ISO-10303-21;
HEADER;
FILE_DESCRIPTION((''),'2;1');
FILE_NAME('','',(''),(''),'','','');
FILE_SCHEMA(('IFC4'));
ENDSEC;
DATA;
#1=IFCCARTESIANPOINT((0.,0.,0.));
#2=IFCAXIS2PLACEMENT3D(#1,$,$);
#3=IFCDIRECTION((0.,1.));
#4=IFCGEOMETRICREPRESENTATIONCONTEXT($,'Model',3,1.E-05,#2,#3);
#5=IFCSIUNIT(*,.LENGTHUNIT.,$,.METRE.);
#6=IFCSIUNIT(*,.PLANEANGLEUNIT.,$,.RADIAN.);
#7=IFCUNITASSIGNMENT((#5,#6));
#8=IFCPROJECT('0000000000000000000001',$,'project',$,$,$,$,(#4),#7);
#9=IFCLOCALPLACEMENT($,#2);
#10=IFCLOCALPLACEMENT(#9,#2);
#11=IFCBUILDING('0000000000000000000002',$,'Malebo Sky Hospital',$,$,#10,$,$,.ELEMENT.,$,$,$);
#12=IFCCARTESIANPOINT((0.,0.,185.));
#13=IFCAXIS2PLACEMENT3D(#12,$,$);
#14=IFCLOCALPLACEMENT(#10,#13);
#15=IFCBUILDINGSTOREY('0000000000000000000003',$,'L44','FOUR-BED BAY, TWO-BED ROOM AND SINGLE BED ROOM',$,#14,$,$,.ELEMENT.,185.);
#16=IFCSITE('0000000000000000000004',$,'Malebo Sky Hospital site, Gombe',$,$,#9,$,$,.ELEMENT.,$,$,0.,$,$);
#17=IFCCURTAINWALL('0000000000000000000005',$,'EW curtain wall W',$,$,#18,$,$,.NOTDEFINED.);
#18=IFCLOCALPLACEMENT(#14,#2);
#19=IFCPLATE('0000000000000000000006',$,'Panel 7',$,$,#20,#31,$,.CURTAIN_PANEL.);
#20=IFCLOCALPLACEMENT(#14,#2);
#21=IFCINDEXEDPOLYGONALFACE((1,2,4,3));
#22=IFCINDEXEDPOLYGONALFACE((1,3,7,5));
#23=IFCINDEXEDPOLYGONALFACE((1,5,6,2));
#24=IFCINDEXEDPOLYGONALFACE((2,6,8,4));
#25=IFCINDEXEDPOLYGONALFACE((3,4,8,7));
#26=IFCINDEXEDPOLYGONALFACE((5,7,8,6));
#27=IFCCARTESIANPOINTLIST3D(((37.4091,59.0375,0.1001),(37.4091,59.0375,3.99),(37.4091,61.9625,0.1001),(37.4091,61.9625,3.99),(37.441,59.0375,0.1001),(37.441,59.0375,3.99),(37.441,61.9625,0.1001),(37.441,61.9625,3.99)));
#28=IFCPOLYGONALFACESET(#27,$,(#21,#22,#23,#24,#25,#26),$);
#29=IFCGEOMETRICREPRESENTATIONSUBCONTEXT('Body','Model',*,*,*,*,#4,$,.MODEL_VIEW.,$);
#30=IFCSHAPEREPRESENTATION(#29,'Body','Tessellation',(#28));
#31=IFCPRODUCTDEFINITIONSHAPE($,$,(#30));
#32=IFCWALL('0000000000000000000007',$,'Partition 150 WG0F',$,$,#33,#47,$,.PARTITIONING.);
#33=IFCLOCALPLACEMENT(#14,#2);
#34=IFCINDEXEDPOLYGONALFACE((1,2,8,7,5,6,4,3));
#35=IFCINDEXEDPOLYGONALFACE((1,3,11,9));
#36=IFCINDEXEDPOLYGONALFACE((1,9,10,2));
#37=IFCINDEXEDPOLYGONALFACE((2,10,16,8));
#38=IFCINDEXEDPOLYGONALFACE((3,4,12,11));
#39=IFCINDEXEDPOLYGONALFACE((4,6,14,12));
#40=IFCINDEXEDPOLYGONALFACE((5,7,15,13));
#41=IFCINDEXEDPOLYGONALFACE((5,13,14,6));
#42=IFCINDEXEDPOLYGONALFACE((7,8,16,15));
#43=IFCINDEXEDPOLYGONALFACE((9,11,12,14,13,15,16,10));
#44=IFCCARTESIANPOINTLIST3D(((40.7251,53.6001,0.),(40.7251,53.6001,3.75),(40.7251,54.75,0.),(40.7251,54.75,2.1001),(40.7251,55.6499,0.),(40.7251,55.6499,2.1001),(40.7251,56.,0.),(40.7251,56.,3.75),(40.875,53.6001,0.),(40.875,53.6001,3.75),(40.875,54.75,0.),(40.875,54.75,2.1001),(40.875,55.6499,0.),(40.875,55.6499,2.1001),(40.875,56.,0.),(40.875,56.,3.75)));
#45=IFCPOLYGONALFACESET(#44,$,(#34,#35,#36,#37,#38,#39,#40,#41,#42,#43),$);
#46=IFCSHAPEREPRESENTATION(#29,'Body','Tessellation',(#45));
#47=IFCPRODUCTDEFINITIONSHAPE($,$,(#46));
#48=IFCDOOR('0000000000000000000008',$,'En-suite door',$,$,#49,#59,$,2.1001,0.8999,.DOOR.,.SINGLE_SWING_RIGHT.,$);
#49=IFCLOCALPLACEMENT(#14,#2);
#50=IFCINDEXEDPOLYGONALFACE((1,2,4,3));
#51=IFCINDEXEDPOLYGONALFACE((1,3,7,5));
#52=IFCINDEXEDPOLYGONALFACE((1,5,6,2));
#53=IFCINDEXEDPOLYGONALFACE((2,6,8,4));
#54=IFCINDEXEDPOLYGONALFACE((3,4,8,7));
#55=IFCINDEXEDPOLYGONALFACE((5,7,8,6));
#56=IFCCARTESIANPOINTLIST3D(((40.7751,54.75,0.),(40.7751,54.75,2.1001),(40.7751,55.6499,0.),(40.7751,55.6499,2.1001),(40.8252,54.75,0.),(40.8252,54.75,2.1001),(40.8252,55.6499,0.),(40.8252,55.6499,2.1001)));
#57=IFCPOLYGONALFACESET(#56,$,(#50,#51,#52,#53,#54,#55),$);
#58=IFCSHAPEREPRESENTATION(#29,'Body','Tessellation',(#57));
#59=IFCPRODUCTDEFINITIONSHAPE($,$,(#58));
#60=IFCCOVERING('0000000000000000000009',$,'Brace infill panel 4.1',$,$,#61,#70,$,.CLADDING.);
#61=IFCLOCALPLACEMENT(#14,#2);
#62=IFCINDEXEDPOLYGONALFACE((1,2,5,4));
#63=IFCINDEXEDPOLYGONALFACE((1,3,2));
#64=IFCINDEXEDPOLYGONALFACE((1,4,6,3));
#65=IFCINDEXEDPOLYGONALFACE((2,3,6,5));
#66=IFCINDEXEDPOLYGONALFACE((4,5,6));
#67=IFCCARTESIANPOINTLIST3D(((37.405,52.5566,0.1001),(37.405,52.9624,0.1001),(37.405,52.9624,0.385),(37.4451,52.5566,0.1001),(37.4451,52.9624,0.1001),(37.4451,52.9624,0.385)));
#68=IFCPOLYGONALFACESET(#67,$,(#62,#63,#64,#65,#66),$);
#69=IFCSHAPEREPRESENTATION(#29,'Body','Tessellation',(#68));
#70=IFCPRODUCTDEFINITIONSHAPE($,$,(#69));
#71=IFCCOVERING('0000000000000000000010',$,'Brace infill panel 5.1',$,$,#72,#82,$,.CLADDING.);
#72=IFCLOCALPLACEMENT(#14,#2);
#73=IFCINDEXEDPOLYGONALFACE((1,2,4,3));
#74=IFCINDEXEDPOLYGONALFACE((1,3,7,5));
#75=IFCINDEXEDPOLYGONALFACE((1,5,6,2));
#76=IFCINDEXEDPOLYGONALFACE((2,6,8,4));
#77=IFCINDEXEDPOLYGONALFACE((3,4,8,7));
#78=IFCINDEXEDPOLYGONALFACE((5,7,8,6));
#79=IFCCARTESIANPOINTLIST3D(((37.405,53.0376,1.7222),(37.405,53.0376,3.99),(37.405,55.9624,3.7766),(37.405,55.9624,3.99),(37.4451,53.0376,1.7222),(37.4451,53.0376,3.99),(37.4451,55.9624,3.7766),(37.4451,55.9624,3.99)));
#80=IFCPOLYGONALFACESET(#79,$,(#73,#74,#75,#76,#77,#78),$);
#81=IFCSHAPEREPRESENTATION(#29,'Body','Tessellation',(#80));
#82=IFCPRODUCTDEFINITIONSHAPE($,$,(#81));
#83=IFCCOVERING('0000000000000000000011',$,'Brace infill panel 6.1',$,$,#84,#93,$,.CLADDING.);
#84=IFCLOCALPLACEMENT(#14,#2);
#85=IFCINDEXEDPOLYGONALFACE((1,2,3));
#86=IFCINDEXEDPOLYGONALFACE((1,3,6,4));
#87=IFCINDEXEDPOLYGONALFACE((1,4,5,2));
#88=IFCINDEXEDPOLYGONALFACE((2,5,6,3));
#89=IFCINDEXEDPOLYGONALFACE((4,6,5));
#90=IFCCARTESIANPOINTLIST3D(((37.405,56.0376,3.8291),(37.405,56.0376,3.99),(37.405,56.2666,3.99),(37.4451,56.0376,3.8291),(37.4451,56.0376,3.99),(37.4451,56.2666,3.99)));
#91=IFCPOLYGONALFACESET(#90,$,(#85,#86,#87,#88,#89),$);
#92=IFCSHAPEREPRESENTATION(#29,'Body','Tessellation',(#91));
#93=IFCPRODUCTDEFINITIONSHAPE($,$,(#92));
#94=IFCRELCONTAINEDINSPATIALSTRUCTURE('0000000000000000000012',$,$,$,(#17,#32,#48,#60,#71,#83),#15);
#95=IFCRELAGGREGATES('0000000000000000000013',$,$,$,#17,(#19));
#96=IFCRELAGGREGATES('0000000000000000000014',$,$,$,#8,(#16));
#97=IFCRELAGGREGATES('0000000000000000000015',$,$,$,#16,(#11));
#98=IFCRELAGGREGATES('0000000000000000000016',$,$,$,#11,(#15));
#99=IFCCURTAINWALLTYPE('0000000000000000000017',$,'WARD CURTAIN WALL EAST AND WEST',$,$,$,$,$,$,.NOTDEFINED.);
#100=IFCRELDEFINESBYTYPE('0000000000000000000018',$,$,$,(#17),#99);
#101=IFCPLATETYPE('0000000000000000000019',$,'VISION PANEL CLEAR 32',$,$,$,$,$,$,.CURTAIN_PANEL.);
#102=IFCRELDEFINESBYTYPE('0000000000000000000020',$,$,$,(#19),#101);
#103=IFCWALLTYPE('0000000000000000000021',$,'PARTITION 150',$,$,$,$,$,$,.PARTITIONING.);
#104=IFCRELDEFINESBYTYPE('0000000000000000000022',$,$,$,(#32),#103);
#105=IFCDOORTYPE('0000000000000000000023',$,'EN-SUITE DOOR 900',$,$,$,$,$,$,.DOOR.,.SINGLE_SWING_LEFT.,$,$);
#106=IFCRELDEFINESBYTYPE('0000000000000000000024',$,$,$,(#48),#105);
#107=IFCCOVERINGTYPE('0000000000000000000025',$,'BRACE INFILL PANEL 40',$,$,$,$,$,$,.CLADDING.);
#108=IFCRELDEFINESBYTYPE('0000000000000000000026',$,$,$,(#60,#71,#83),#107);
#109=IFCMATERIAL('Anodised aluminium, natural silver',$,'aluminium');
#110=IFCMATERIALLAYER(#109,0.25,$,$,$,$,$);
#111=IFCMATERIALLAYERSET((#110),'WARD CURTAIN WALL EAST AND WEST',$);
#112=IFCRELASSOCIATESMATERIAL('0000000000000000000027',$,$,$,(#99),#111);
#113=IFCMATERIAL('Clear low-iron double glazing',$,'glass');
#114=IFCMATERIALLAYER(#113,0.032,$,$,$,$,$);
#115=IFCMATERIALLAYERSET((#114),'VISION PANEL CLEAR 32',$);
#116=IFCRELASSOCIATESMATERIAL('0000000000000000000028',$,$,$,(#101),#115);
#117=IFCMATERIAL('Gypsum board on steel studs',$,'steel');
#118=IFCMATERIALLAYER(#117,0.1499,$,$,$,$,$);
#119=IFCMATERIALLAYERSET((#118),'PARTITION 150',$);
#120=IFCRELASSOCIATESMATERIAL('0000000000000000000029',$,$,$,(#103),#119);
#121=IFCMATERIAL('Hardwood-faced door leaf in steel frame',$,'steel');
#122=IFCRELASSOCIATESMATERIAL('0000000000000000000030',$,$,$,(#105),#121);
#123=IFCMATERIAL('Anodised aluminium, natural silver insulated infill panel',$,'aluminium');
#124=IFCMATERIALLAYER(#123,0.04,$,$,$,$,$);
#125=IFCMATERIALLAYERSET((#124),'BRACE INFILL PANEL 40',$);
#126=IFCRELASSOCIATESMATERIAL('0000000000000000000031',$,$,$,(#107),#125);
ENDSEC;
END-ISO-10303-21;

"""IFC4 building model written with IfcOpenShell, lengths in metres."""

from ifc_helpers import new_model, si_unit, direction, frame, frame_2d, origin, origin_2d, place, context, subcontext, project, spatial, polyline, rectangle, outline, extrude, material, layer, layer_set, type_object, element, fill, aggregate, save


model = new_model("IFC4")

# Units and contexts
model_context = context("Model", 3, precision=1e-05, world=origin(), true_north=direction((0.0, 1.0)))
body_context = subcontext(model_context, "Body", "Model", "MODEL_VIEW")
ifc_project = project(units=[si_unit("LENGTHUNIT", "METRE"), si_unit("PLANEANGLEUNIT", "RADIAN")], contexts=[model_context])

# Site, building, storey
site_placement = place(None, origin())
site = spatial("IfcSite", under=ifc_project, at=site_placement, Name="Malebo Sky Hospital site, Gombe", CompositionType="ELEMENT", RefElevation=0.0)
building_placement = place(site_placement, origin())
building = spatial("IfcBuilding", under=site, at=building_placement, Name="Malebo Sky Hospital", CompositionType="ELEMENT")
storey_placement = place(building_placement, frame((0.0, 0.0, 185.0)))
storey = spatial("IfcBuildingStorey", under=building, at=storey_placement, Name="L44", Description="FOUR-BED BAY, TWO-BED ROOM AND SINGLE BED ROOM", CompositionType="ELEMENT", Elevation=185.0)

# Curtain wall
ifc_material_1 = material(Name="Anodised aluminium, natural silver", Category="aluminium")
ifc_layer_1 = layer(ifc_material_1, 0.25)
ifc_layer_set_1 = layer_set([ifc_layer_1], Name="WARD CURTAIN WALL EAST AND WEST")
curtain_wall_type = type_object("IfcCurtainWallType", Name="WARD CURTAIN WALL EAST AND WEST", PredefinedType="NOTDEFINED", material=ifc_layer_set_1)
curtain_wall_placement = place(storey_placement, origin())
curtain_wall = element("IfcCurtainWall", 1, at=curtain_wall_placement, inside=storey, type_object=curtain_wall_type, Name="EW curtain wall W", PredefinedType="NOTDEFINED")

# Plate
ifc_material_2 = material(Name="Clear low-iron double glazing", Category="glass")
ifc_layer_2 = layer(ifc_material_2, 0.032)
ifc_layer_set_2 = layer_set([ifc_layer_2], Name="VISION PANEL CLEAR 32")
plate_type = type_object("IfcPlateType", Name="VISION PANEL CLEAR 32", PredefinedType="CURTAIN_PANEL", material=ifc_layer_set_2)
plate_1_placement = place(storey_placement, frame((37.425, 60.5, 0.1001), z_axis=(0.0, 0.0, 1.0), x_axis=(0.0, 1.0, 0.0)))
plate_1 = element("IfcPlate", 2, at=plate_1_placement, type_object=plate_type, Name="Panel 7", PredefinedType="CURTAIN_PANEL", context=body_context, shape_type="SweptSolid", body=[
    extrude(rectangle(XDim=2.925, YDim=0.032, at=origin_2d()), origin(), (0.0, 0.0, 1.0), 3.8899),
])
aggregate(curtain_wall, [plate_1])

# Wall, opening, door
ifc_material_3 = material(Name="Gypsum board on steel studs", Category="steel")
ifc_layer_3 = layer(ifc_material_3, 0.1499)
ifc_layer_set_3 = layer_set([ifc_layer_3], Name="PARTITION 150")
wall_type = type_object("IfcWallType", Name="PARTITION 150", PredefinedType="PARTITIONING", material=ifc_layer_set_3)
wall_placement = place(storey_placement, frame((40.8, 53.6001, 0.0), z_axis=(0.0, 0.0, 1.0), x_axis=(0.0, 1.0, 0.0)))
wall = element("IfcWall", 3, at=wall_placement, inside=storey, type_object=wall_type, Name="Partition 150 WG0F", PredefinedType="PARTITIONING", context=body_context, shape_type="SweptSolid", body=[
    extrude(rectangle(XDim=2.3999, YDim=0.1499, at=frame_2d((1.2, 0.0))), origin(), (0.0, 0.0, 1.0), 3.75),
])
opening_placement = place(wall_placement, frame((1.1499, 0.0, 0.0)))
opening = element("IfcOpeningElement", 4, at=opening_placement, cuts=wall, PredefinedType="OPENING", context=body_context, shape_type="SweptSolid", body=[
    extrude(rectangle(XDim=0.8999, YDim=2.1001, at=frame_2d((0.45, 1.05))), frame((0.0, 0.085, 0.0), z_axis=(0.0, -1.0, 0.0), x_axis=(1.0, 0.0, 0.0)), (0.0, 0.0, 1.0), 0.1699),
])
ifc_material_4 = material(Name="Hardwood-faced door leaf in steel frame", Category="steel")
door_type = type_object("IfcDoorType", Name="EN-SUITE DOOR 900", OperationType="SINGLE_SWING_LEFT", PredefinedType="DOOR", material=ifc_material_4)
door_placement = place(opening_placement, origin())
door = element("IfcDoor", 5, at=door_placement, inside=storey, type_object=door_type, Name="En-suite door", OperationType="SINGLE_SWING_RIGHT", OverallHeight=2.1001, OverallWidth=0.8999, PredefinedType="DOOR", context=body_context, shape_type="SweptSolid", body=[
    extrude(rectangle(XDim=0.8999, YDim=2.1001, at=frame_2d((0.45, 1.05))), frame((0.0, 0.0249, 0.0), z_axis=(0.0, -1.0, 0.0), x_axis=(1.0, 0.0, 0.0)), (0.0, 0.0, 1.0), 0.05),
])
fill(opening, door)

# Coverings
ifc_material_5 = material(Name="Anodised aluminium, natural silver insulated infill panel", Category="aluminium")
ifc_layer_4 = layer(ifc_material_5, 0.04)
ifc_layer_set_4 = layer_set([ifc_layer_4], Name="BRACE INFILL PANEL 40")
covering_type = type_object("IfcCoveringType", Name="BRACE INFILL PANEL 40", PredefinedType="CLADDING", material=ifc_layer_set_4)
covering_1_placement = place(storey_placement, frame((37.425, 52.7595, 0.1001), z_axis=(0.0, 0.0, 1.0), x_axis=(0.0, 1.0, 0.0)))
element("IfcCovering", 6, at=covering_1_placement, inside=storey, type_object=covering_type, Name="Brace infill panel 4.1", PredefinedType="CLADDING", context=body_context, shape_type="SweptSolid", body=[
    extrude(outline(polyline([(-0.2029, 0.0), (0.2029, 0.0), (0.2029, 0.2849), (-0.2029, 0.0)])), frame((0.0, 0.02, 0.0), z_axis=(0.0, -1.0, 0.0), x_axis=(1.0, 0.0, 0.0)), (0.0, 0.0, 1.0), 0.04),
])
covering_2_placement = place(storey_placement, frame((37.425, 54.5, 1.7222), z_axis=(0.0, 0.0, 1.0), x_axis=(0.0, 1.0, 0.0)))
element("IfcCovering", 7, at=covering_2_placement, inside=storey, type_object=covering_type, Name="Brace infill panel 5.1", PredefinedType="CLADDING", context=body_context, shape_type="SweptSolid", body=[
    extrude(outline(polyline([(-1.4624, 0.0), (1.4624, 2.0544), (1.4624, 2.2678), (-1.4624, 2.2678), (-1.4624, 0.0)])), frame((0.0, 0.02, 0.0), z_axis=(0.0, -1.0, 0.0), x_axis=(1.0, 0.0, 0.0)), (0.0, 0.0, 1.0), 0.04),
])
covering_3_placement = place(storey_placement, frame((37.425, 56.1521, 3.8291), z_axis=(0.0, 0.0, 1.0), x_axis=(0.0, 1.0, 0.0)))
element("IfcCovering", 8, at=covering_3_placement, inside=storey, type_object=covering_type, Name="Brace infill panel 6.1", PredefinedType="CLADDING", context=body_context, shape_type="SweptSolid", body=[
    extrude(outline(polyline([(-0.1145, 0.0), (0.1145, 0.1609), (-0.1145, 0.1609), (-0.1145, 0.0)])), frame((0.0, 0.02, 0.0), z_axis=(0.0, -1.0, 0.0), x_axis=(1.0, 0.0, 0.0)), (0.0, 0.0, 1.0), 0.04),
])

save(model, "model.ifc")
